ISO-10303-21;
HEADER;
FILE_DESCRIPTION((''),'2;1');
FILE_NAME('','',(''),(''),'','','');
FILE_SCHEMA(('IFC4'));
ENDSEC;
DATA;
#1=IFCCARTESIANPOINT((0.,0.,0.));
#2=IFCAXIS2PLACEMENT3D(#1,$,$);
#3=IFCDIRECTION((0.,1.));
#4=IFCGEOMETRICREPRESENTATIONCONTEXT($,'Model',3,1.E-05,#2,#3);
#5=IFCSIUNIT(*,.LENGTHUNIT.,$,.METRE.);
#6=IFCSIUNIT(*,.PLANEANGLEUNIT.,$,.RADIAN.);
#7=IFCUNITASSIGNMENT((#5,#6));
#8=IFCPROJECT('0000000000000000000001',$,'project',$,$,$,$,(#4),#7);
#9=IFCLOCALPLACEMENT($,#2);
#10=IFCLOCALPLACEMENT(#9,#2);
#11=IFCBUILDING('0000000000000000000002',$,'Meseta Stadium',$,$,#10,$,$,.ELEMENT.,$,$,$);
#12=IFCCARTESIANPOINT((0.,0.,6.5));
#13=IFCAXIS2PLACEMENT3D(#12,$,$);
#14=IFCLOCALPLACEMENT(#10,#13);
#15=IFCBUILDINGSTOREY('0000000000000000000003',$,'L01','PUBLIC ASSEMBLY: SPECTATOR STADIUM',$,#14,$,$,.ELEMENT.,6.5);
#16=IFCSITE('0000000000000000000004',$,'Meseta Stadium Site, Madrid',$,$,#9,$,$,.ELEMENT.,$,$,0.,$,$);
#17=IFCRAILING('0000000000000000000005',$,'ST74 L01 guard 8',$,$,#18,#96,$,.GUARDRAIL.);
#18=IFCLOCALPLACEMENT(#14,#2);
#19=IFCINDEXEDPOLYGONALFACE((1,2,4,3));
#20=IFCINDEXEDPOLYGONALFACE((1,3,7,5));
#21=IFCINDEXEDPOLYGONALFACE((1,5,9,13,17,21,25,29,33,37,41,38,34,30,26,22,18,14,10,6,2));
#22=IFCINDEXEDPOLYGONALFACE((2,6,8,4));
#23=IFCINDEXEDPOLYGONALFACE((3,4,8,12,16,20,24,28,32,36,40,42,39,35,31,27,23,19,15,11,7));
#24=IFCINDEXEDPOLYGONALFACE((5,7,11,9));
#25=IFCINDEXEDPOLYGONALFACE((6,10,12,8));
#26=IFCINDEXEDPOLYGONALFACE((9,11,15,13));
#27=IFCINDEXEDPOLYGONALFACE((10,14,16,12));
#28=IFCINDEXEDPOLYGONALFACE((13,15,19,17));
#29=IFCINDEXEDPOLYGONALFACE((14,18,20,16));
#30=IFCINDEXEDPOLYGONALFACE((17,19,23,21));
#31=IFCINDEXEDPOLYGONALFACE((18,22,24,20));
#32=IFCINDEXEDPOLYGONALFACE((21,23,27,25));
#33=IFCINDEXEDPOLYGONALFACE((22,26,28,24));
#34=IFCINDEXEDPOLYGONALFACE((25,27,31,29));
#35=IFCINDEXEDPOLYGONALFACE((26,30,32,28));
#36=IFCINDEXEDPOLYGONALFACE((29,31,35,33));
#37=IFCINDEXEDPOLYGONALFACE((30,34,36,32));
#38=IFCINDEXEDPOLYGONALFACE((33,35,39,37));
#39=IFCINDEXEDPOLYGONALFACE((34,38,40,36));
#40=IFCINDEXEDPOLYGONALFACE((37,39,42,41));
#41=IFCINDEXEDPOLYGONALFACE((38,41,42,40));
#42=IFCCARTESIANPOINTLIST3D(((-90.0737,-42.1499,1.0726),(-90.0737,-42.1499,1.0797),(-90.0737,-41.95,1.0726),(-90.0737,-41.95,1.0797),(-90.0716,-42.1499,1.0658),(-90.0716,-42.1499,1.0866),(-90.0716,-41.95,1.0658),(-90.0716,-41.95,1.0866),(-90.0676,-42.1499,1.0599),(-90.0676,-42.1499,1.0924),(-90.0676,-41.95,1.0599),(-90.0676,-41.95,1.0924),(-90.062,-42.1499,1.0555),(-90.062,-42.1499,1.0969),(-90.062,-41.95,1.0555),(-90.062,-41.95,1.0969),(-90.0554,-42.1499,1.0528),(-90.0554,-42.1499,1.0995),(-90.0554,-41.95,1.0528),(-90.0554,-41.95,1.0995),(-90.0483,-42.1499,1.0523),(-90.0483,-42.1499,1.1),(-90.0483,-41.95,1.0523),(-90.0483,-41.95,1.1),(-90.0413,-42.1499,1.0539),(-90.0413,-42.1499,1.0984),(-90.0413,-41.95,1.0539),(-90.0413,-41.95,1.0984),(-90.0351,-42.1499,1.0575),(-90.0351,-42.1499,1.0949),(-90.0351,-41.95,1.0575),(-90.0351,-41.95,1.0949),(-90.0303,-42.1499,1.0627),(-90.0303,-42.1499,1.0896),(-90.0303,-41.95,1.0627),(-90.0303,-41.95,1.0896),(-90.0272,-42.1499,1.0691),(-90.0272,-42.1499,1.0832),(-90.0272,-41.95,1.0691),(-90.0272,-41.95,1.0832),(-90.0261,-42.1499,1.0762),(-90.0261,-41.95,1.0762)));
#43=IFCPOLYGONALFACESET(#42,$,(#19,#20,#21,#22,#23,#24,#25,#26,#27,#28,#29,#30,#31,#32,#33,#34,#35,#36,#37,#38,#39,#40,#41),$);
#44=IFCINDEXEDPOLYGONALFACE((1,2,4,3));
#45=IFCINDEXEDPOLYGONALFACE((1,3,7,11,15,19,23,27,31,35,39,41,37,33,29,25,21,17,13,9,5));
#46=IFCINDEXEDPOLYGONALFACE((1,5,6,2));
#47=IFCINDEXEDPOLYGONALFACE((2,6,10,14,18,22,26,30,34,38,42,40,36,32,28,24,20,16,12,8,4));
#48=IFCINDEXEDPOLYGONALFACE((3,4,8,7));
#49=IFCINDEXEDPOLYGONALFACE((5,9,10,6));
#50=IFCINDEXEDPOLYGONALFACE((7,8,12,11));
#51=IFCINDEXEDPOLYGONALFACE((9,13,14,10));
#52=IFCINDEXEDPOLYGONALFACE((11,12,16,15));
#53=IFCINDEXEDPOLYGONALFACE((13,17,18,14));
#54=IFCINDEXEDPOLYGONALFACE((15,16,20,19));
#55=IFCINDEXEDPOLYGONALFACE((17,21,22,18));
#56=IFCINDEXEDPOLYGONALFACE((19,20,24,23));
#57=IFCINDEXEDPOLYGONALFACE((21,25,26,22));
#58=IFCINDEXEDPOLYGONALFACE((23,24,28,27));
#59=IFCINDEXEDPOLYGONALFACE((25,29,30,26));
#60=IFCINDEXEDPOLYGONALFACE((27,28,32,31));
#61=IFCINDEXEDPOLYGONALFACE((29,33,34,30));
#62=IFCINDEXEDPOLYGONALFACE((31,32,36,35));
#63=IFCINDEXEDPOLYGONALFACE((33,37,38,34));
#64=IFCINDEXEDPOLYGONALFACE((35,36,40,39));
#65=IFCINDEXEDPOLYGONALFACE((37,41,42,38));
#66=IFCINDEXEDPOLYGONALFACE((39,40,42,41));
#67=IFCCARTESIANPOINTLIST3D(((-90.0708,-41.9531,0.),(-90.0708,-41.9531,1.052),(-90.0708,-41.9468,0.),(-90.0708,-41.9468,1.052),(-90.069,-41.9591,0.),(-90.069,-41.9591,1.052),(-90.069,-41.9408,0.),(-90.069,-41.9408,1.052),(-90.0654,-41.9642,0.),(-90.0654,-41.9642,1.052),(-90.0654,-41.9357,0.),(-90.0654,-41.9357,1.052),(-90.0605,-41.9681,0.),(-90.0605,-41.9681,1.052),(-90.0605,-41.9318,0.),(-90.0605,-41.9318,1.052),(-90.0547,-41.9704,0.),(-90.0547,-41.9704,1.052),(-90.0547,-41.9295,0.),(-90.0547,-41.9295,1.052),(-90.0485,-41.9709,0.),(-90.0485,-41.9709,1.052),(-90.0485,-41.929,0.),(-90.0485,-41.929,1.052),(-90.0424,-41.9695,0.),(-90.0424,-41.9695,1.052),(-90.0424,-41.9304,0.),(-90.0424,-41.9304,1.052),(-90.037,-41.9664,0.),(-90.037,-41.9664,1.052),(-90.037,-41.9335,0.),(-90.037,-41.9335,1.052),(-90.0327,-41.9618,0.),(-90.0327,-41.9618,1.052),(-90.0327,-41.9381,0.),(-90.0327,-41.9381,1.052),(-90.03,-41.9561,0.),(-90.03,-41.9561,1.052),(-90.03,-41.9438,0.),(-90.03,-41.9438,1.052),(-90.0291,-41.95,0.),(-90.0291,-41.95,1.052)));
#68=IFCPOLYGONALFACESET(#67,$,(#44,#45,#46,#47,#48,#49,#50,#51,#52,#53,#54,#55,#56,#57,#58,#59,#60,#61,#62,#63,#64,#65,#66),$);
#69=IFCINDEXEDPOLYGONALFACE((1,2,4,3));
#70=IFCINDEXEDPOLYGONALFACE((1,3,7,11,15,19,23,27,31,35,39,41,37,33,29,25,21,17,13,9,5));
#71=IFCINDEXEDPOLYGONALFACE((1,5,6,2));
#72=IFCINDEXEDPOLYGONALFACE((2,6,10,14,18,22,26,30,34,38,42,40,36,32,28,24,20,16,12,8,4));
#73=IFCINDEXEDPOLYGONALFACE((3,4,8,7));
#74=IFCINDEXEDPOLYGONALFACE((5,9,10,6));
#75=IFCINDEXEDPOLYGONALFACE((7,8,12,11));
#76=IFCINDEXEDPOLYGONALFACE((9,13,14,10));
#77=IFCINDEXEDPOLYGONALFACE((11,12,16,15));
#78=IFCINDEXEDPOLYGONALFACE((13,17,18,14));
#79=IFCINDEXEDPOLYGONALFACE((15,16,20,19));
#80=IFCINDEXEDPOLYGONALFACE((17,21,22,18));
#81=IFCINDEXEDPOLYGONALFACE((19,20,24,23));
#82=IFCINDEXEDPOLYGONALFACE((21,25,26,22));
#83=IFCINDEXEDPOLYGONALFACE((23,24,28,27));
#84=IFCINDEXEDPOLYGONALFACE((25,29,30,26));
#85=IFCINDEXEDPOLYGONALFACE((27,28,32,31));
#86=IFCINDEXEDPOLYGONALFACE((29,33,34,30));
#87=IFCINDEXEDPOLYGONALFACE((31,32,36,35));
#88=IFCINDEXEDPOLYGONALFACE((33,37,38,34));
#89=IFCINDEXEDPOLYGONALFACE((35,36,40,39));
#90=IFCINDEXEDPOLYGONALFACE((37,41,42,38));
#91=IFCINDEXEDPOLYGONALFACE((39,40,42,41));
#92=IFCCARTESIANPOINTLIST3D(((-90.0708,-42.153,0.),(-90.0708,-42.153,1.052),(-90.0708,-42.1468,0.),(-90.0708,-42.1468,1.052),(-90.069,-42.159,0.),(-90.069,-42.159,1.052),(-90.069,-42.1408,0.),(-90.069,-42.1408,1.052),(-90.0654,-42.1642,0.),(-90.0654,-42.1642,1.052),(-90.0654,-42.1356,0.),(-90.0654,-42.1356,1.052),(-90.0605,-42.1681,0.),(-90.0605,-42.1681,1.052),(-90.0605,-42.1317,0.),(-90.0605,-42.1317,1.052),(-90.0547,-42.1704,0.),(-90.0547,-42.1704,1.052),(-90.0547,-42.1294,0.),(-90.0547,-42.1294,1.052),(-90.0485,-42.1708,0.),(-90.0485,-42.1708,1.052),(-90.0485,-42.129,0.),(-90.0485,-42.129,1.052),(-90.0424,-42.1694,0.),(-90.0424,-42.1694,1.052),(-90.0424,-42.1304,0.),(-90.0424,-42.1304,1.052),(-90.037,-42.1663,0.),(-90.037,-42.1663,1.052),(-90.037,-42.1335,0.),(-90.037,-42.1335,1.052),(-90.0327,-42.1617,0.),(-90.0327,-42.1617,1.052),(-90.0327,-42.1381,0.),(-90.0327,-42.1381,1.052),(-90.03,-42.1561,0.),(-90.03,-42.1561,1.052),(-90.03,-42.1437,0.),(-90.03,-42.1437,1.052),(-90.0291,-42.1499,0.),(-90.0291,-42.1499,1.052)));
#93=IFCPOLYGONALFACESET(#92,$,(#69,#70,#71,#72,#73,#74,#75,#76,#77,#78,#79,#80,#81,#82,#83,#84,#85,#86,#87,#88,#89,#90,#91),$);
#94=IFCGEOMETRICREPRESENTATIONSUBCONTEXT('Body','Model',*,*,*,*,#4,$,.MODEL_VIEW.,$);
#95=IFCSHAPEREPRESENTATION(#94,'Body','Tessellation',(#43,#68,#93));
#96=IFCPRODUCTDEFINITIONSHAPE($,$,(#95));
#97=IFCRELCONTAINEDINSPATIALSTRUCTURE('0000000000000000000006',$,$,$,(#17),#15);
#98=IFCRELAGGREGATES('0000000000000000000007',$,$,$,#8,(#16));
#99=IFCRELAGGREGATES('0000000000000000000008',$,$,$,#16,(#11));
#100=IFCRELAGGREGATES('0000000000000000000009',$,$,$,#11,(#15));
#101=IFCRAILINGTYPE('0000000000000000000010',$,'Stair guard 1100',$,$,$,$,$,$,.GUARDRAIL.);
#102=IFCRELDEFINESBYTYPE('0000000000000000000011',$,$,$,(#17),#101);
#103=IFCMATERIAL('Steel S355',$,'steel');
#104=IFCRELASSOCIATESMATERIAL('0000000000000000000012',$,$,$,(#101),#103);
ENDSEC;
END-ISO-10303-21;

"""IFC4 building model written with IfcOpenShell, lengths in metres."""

from ifc_helpers import new_model, si_unit, direction, frame, origin, origin_2d, place, context, subcontext, project, spatial, circle, extrude, material, type_object, element, save


model = new_model("IFC4")

# Units and contexts
model_context = context("Model", 3, precision=1e-05, world=origin(), true_north=direction((0.0, 1.0)))
body_context = subcontext(model_context, "Body", "Model", "MODEL_VIEW")
ifc_project = project(units=[si_unit("LENGTHUNIT", "METRE"), si_unit("PLANEANGLEUNIT", "RADIAN")], contexts=[model_context])

# Site, building, storey
site_placement = place(None, origin())
site = spatial("IfcSite", under=ifc_project, at=site_placement, Name="Meseta Stadium Site, Madrid", CompositionType="ELEMENT", RefElevation=0.0)
building_placement = place(site_placement, origin())
building = spatial("IfcBuilding", under=site, at=building_placement, Name="Meseta Stadium", CompositionType="ELEMENT")
storey_placement = place(building_placement, frame((0.0, 0.0, 6.5)))
storey = spatial("IfcBuildingStorey", under=building, at=storey_placement, Name="L01", Description="PUBLIC ASSEMBLY: SPECTATOR STADIUM", CompositionType="ELEMENT", Elevation=6.5)

# Railing
ifc_material_1 = material(Name="Steel S355", Category="steel")
railing_type_1 = type_object("IfcRailingType", Name="Stair guard 1100", PredefinedType="GUARDRAIL", material=ifc_material_1)
for number, where, name in (
    (1, (-90.05, -41.95, 0.0), "ST74 L01 guard 8"),
):
    element("IfcRailing", number, at=place(storey_placement, frame(where)), inside=storey, type_object=railing_type_1, Name=name, PredefinedType="GUARDRAIL", context=body_context, shape_type="SweptSolid", body=[
        extrude(circle(Radius=0.0239, at=origin_2d()), frame((0.0, 0.0, 1.0762), z_axis=(0.0, -1.0, 0.0), x_axis=(1.0, 0.0, 0.0)), (0.0, 0.0, 1.0), 0.2),
        extrude(circle(Radius=0.021, at=origin_2d()), origin(), (0.0, 0.0, 1.0), 1.052),
        extrude(circle(Radius=0.021, at=origin_2d()), frame((0.0, -0.2, 0.0)), (0.0, 0.0, 1.0), 1.052),
    ])

save(model, "model.ifc")
